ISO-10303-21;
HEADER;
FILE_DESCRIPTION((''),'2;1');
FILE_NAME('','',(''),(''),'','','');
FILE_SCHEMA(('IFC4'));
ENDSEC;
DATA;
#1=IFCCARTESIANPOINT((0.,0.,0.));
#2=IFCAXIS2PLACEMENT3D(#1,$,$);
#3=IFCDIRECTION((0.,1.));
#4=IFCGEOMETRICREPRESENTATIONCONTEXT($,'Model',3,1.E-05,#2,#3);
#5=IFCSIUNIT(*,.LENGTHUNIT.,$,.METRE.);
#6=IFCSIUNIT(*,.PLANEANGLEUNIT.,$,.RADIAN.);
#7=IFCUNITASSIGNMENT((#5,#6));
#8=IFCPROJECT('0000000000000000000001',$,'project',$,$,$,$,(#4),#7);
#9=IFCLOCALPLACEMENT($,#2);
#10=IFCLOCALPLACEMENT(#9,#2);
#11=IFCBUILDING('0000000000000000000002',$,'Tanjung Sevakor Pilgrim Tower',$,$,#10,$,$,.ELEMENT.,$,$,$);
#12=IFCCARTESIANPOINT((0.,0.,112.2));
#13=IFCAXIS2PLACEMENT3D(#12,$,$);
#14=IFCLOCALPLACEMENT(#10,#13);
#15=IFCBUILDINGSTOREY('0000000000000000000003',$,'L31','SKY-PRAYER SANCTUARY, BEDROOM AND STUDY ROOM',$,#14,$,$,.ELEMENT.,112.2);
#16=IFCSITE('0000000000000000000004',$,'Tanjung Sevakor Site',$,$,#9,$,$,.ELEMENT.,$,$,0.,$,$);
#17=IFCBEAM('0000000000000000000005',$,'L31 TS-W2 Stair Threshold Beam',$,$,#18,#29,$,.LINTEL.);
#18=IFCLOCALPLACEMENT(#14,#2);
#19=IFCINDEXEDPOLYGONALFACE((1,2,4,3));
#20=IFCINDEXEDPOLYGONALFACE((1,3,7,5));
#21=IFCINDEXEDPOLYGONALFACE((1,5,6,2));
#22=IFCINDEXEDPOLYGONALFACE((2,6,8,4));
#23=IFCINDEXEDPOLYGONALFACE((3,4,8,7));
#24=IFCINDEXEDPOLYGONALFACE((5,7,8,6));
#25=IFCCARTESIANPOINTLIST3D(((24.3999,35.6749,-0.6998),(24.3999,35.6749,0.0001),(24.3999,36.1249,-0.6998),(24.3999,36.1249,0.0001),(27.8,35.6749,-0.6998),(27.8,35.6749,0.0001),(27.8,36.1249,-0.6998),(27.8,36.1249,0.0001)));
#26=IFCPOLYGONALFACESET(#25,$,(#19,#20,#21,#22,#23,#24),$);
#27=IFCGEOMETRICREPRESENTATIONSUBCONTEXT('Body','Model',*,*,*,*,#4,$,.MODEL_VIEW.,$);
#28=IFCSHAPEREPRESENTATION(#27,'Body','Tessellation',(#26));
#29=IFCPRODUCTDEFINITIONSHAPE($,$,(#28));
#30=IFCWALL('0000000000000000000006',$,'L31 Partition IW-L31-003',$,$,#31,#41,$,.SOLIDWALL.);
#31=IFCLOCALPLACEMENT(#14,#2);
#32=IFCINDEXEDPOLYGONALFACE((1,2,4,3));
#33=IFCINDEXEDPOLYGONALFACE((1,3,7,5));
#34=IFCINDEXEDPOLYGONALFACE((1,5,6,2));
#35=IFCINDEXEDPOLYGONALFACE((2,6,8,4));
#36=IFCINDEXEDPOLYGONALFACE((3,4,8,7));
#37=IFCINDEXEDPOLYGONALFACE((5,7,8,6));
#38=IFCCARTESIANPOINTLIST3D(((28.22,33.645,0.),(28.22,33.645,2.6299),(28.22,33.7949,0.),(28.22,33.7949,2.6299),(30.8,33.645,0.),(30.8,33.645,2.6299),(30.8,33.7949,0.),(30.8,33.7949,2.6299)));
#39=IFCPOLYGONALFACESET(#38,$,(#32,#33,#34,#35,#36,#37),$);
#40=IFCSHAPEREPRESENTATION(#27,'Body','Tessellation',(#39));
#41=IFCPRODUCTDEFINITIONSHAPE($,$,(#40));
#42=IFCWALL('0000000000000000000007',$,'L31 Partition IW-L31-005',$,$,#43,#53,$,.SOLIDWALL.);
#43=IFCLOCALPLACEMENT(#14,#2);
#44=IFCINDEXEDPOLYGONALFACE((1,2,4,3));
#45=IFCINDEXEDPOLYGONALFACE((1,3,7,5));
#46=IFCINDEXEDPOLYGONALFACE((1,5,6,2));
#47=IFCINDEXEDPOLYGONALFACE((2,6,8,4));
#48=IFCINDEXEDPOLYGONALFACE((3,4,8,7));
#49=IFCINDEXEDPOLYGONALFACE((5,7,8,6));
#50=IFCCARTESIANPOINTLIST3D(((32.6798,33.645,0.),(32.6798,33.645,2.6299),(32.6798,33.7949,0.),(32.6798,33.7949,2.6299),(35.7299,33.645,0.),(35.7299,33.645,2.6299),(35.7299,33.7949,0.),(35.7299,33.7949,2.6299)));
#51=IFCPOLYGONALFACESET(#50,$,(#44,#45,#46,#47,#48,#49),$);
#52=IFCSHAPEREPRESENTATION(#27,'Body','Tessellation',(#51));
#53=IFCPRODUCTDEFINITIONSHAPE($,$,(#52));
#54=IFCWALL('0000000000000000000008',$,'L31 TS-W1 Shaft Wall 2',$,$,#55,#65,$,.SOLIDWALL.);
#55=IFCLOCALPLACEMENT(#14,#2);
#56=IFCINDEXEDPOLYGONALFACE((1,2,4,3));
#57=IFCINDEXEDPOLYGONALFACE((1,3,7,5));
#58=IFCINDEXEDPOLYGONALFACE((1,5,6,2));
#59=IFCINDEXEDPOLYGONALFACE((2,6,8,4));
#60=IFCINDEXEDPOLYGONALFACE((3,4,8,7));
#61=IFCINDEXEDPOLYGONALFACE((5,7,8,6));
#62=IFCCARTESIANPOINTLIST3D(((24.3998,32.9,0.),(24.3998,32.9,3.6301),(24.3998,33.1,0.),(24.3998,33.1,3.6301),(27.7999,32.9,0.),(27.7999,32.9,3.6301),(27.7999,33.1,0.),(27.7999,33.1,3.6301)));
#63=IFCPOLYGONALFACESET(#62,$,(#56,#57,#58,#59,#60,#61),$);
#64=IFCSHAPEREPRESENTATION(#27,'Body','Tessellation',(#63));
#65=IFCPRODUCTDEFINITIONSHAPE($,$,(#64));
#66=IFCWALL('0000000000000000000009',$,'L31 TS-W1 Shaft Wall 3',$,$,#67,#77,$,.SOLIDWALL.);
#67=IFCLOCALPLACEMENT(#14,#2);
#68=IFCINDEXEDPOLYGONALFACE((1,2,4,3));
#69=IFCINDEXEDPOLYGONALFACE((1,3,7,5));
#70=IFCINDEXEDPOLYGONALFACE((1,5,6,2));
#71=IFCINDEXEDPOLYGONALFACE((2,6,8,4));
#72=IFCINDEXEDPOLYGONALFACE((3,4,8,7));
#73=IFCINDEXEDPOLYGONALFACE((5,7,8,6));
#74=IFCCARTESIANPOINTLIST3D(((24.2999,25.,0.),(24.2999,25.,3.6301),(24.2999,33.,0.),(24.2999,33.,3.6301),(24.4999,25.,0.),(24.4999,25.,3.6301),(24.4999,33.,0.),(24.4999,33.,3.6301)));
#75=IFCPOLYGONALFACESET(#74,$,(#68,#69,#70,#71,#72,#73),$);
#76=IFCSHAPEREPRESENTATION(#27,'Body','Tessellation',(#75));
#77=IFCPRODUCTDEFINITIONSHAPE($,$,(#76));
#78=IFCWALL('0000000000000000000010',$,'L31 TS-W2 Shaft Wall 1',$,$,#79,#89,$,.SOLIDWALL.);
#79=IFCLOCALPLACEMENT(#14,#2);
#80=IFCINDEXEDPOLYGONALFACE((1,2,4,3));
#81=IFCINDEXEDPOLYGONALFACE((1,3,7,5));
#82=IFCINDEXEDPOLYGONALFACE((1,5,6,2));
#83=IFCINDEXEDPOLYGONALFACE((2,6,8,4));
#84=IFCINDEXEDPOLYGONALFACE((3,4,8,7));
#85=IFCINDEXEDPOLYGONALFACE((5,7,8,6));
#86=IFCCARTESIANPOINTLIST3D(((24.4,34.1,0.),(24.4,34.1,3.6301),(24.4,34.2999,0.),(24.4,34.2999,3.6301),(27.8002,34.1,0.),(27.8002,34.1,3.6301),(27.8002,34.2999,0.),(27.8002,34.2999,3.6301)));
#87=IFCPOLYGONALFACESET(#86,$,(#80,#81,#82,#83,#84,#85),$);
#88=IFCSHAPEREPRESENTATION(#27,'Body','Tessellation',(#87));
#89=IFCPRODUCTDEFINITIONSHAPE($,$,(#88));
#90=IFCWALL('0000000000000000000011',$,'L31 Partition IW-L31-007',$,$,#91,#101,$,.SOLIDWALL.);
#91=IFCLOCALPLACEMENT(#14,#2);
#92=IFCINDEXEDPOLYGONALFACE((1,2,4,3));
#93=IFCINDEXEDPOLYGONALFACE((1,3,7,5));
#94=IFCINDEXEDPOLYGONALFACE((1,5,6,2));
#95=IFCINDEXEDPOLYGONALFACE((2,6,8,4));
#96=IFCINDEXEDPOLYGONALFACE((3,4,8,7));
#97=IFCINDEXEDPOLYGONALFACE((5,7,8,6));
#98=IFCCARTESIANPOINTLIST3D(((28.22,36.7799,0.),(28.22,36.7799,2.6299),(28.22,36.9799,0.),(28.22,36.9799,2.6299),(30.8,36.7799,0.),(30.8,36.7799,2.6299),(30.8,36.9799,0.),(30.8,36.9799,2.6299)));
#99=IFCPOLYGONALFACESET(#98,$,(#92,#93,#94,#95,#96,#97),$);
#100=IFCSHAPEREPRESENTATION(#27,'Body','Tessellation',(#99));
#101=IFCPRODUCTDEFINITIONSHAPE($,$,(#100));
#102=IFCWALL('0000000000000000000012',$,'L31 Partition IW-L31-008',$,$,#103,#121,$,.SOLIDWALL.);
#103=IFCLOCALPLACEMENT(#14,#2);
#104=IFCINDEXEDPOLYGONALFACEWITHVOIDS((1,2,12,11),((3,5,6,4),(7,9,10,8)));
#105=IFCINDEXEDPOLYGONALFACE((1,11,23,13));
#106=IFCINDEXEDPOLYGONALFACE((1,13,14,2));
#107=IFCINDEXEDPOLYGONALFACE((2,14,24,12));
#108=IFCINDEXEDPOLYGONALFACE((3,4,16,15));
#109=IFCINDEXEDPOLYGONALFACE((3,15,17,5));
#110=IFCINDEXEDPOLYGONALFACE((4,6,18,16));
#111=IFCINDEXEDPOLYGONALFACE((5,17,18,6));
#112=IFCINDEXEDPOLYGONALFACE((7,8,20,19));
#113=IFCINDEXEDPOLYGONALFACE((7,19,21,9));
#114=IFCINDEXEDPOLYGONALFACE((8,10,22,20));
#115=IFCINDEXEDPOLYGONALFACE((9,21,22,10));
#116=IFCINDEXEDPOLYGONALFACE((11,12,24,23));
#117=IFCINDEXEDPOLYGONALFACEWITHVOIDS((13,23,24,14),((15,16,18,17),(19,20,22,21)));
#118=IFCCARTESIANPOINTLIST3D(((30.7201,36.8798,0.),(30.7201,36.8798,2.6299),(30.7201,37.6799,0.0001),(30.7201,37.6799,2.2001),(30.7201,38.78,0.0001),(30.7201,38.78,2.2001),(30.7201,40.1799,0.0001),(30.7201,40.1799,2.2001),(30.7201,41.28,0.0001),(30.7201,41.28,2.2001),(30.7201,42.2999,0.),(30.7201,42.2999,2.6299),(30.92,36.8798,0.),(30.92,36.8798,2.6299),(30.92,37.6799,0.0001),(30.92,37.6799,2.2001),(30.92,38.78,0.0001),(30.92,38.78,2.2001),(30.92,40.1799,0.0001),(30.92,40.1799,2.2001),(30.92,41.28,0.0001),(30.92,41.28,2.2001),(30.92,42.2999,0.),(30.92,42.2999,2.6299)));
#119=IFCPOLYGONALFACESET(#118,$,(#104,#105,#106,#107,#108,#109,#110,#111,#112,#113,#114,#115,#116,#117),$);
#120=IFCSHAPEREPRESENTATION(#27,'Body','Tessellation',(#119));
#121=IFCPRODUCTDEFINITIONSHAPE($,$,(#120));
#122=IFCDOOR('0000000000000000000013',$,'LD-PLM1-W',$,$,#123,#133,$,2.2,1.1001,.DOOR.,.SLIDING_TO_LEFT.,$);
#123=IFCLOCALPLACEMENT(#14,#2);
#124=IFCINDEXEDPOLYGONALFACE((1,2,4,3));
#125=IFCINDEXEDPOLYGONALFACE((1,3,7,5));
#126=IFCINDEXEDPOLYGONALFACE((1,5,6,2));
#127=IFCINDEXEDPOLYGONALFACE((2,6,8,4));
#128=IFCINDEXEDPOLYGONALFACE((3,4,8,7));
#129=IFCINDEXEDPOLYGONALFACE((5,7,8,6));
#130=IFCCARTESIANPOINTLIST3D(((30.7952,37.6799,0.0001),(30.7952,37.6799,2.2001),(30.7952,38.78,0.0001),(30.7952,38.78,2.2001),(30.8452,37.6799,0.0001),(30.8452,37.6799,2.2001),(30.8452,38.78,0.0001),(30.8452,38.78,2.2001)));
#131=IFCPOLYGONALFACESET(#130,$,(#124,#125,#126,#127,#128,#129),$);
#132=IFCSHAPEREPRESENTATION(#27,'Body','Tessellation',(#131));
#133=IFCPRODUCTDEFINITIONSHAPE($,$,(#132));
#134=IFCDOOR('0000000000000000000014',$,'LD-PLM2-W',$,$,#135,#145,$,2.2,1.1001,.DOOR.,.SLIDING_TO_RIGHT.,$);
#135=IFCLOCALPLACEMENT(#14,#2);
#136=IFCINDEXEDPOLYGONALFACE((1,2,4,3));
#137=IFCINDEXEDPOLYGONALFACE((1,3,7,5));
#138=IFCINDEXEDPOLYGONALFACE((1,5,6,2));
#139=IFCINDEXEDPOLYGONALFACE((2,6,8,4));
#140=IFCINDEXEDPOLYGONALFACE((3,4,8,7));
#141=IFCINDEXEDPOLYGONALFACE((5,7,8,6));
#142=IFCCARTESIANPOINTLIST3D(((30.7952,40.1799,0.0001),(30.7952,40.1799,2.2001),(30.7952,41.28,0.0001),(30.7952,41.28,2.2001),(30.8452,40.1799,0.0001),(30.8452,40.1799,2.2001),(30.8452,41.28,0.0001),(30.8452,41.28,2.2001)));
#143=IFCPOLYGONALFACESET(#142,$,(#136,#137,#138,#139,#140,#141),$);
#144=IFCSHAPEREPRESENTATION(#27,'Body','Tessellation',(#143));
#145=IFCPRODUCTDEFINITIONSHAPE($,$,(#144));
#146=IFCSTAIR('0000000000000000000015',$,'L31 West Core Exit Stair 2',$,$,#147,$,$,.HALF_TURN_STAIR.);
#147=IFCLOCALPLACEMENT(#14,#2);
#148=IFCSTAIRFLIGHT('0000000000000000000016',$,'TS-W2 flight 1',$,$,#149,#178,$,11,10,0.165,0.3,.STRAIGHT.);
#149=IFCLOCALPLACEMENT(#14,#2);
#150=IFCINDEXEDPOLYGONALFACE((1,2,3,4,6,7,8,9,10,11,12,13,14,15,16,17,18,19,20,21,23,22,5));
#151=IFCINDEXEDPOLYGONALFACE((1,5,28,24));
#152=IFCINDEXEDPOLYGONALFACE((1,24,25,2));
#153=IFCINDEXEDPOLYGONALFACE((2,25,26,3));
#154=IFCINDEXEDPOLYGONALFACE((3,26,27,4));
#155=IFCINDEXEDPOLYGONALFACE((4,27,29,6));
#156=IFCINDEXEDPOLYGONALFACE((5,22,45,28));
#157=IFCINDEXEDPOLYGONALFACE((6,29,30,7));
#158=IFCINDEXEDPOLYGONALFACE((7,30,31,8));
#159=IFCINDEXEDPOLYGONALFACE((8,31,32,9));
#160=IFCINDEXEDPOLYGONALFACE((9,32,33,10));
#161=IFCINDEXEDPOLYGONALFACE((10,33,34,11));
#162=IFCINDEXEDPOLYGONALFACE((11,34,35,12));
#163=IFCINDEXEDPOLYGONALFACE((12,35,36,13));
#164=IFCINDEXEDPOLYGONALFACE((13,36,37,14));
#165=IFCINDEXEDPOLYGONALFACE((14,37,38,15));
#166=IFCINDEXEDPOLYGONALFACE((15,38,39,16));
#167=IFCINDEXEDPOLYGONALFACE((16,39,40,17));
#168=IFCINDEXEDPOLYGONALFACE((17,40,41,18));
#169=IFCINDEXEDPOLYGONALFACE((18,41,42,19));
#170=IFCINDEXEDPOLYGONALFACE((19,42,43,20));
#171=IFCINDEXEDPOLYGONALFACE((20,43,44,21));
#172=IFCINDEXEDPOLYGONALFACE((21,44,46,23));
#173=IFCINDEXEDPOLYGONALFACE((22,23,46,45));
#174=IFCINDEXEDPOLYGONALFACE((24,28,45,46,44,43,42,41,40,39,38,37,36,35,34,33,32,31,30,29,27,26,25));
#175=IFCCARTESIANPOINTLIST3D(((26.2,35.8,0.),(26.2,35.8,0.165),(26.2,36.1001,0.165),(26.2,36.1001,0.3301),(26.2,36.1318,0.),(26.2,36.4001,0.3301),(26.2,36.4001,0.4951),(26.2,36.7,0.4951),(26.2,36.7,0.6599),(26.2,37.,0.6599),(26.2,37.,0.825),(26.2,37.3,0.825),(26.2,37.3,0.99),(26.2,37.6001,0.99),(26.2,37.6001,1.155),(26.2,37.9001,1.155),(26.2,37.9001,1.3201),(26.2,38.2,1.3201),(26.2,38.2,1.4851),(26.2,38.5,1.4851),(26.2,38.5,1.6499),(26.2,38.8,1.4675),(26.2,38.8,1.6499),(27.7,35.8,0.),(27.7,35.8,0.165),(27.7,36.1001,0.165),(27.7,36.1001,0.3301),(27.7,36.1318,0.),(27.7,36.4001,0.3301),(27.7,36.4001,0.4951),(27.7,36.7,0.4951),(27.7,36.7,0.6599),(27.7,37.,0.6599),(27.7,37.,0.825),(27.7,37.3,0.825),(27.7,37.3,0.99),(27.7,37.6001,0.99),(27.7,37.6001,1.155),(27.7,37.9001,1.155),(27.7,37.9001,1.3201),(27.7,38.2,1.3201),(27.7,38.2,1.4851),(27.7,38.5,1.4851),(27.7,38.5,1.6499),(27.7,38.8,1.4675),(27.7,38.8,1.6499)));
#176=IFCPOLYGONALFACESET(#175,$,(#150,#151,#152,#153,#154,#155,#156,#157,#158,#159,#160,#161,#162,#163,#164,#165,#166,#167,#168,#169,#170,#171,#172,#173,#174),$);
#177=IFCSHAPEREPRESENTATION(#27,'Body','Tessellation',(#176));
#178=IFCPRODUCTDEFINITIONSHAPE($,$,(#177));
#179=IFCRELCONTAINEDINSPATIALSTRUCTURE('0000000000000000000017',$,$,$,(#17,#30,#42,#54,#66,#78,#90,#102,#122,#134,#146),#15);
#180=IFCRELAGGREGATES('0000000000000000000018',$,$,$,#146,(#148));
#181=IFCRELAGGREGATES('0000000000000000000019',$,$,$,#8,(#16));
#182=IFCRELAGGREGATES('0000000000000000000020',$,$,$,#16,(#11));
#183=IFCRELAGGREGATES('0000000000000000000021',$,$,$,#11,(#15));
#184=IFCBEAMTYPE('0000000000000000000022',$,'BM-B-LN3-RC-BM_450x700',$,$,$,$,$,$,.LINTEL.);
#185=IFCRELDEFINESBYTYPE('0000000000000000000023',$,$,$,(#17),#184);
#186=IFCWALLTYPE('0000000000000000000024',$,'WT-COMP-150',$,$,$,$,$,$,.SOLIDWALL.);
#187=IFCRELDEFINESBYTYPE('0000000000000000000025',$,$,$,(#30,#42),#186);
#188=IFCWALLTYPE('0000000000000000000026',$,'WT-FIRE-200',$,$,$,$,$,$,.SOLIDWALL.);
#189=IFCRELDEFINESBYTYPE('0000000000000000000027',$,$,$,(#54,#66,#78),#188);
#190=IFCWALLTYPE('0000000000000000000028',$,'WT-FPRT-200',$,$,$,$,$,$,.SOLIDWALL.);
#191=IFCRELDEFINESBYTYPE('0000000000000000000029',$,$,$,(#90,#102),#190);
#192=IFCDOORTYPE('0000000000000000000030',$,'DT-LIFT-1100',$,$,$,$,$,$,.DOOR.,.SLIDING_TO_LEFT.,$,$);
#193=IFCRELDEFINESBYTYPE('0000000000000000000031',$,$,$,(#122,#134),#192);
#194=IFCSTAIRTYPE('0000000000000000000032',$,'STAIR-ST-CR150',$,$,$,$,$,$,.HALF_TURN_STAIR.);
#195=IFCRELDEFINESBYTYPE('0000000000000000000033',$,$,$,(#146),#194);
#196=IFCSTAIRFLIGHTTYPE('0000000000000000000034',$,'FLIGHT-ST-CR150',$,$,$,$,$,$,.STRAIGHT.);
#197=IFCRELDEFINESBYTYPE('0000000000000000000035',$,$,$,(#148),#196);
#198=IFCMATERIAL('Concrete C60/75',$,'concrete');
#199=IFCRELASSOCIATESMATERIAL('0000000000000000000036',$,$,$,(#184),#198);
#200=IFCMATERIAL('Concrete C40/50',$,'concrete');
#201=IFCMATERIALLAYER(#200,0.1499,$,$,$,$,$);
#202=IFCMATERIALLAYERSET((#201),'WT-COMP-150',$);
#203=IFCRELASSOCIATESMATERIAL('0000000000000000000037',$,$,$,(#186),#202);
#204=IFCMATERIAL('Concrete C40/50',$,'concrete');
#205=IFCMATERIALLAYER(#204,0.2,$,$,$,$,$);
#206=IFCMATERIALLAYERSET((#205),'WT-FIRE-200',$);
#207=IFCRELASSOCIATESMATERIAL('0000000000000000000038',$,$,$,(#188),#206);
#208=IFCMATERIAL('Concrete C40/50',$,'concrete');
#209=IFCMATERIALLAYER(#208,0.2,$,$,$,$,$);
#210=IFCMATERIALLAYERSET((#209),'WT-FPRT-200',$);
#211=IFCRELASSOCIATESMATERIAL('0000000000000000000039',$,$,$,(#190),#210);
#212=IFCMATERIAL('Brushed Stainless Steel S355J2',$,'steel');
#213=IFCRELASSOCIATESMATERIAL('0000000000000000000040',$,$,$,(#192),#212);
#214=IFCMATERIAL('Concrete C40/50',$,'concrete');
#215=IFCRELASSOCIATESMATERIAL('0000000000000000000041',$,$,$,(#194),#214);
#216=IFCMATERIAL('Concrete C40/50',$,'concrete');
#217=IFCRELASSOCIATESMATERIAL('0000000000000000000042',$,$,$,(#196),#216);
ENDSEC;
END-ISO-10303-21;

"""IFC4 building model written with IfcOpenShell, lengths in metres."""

from ifc_helpers import new_model, si_unit, direction, frame, frame_2d, origin, origin_2d, place, context, subcontext, project, spatial, polyline, rectangle, outline, extrude, material, layer, layer_set, material_profile, profile_set, type_object, element, fill, aggregate, save


model = new_model("IFC4")

# Units and contexts
model_context = context("Model", 3, precision=1e-05, world=origin(), true_north=direction((0.0, 1.0)))
body_context = subcontext(model_context, "Body", "Model", "MODEL_VIEW")
ifc_project = project(units=[si_unit("LENGTHUNIT", "METRE"), si_unit("PLANEANGLEUNIT", "RADIAN")], contexts=[model_context])

# Site, building, storey
site_placement = place(None, origin())
site = spatial("IfcSite", under=ifc_project, at=site_placement, Name="Tanjung Sevakor Site", CompositionType="ELEMENT", RefElevation=0.0)
building_placement = place(site_placement, origin())
building = spatial("IfcBuilding", under=site, at=building_placement, Name="Tanjung Sevakor Pilgrim Tower", CompositionType="ELEMENT")
storey_placement = place(building_placement, frame((0.0, 0.0, 112.2)))
storey = spatial("IfcBuildingStorey", under=building, at=storey_placement, Name="L31", Description="SKY-PRAYER SANCTUARY, BEDROOM AND STUDY ROOM", CompositionType="ELEMENT", Elevation=112.2)

# Beam
ifc_material_1 = material(Name="Concrete C60/75", Category="concrete")
ifc_material_profile = material_profile(ifc_material_1, rectangle(XDim=0.45, YDim=0.7, at=origin_2d()))
ifc_profile_set = profile_set([ifc_material_profile], Name="Concrete C60/75")
beam_type = type_object("IfcBeamType", Name="BM-B-LN3-RC-BM_450x700", PredefinedType="LINTEL", material=ifc_profile_set)
beam_placement = place(storey_placement, frame((24.3999, 35.8999, -0.3499), z_axis=(1.0, 0.0, 0.0), x_axis=(0.0, 1.0, 0.0)))
element("IfcBeam", 1, at=beam_placement, inside=storey, type_object=beam_type, Name="L31 TS-W2 Stair Threshold Beam", PredefinedType="LINTEL", context=body_context, shape_type="SweptSolid", body=[
    extrude(rectangle(XDim=0.45, YDim=0.7, at=origin_2d()), origin(), (0.0, 0.0, 1.0), 3.4001),
])

# Walls
ifc_material_2 = material(Name="Concrete C40/50", Category="concrete")
ifc_layer_1 = layer(ifc_material_2, 0.1499)
ifc_layer_set_1 = layer_set([ifc_layer_1], Name="WT-COMP-150")
wall_type_1 = type_object("IfcWallType", Name="WT-COMP-150", PredefinedType="SOLIDWALL", material=ifc_layer_set_1)
wall_1_placement = place(storey_placement, frame((28.22, 33.72, 0.0), z_axis=(0.0, 0.0, 1.0), x_axis=(1.0, 0.0, 0.0)))
element("IfcWall", 2, at=wall_1_placement, inside=storey, type_object=wall_type_1, Name="L31 Partition IW-L31-003", PredefinedType="SOLIDWALL", context=body_context, shape_type="SweptSolid", body=[
    extrude(rectangle(XDim=2.5801, YDim=0.1499, at=frame_2d((1.29, 0.0))), origin(), (0.0, 0.0, 1.0), 2.6299),
])
wall_2_placement = place(storey_placement, frame((32.6799, 33.72, 0.0), z_axis=(0.0, 0.0, 1.0), x_axis=(1.0, 0.0, 0.0)))
element("IfcWall", 3, at=wall_2_placement, inside=storey, type_object=wall_type_1, Name="L31 Partition IW-L31-005", PredefinedType="SOLIDWALL", context=body_context, shape_type="SweptSolid", body=[
    extrude(rectangle(XDim=3.05, YDim=0.1499, at=frame_2d((1.5249, 0.0))), origin(), (0.0, 0.0, 1.0), 2.6299),
])
ifc_material_3 = material(Name="Concrete C40/50", Category="concrete")
ifc_layer_2 = layer(ifc_material_3, 0.2)
ifc_layer_set_2 = layer_set([ifc_layer_2], Name="WT-FIRE-200")
wall_type_2 = type_object("IfcWallType", Name="WT-FIRE-200", PredefinedType="SOLIDWALL", material=ifc_layer_set_2)
wall_3_placement = place(storey_placement, frame((27.8, 33.0, 0.0), z_axis=(0.0, 0.0, 1.0), x_axis=(-1.0, 0.0, 0.0)))
element("IfcWall", 4, at=wall_3_placement, inside=storey, type_object=wall_type_2, Name="L31 TS-W1 Shaft Wall 2", PredefinedType="SOLIDWALL", context=body_context, shape_type="SweptSolid", body=[
    extrude(rectangle(XDim=3.4001, YDim=0.2, at=frame_2d((1.7002, 0.0))), origin(), (0.0, 0.0, 1.0), 3.6301),
])
wall_4_placement = place(storey_placement, frame((24.3999, 33.0, 0.0), z_axis=(0.0, 0.0, 1.0), x_axis=(0.0, -1.0, 0.0)))
element("IfcWall", 5, at=wall_4_placement, inside=storey, type_object=wall_type_2, Name="L31 TS-W1 Shaft Wall 3", PredefinedType="SOLIDWALL", context=body_context, shape_type="SweptSolid", body=[
    extrude(rectangle(XDim=8.0, YDim=0.2, at=frame_2d((4.0, 0.0))), origin(), (0.0, 0.0, 1.0), 3.6301),
])
wall_5_placement = place(storey_placement, frame((24.3999, 34.2, 0.0), z_axis=(0.0, 0.0, 1.0), x_axis=(1.0, 0.0, 0.0)))
element("IfcWall", 6, at=wall_5_placement, inside=storey, type_object=wall_type_2, Name="L31 TS-W2 Shaft Wall 1", PredefinedType="SOLIDWALL", context=body_context, shape_type="SweptSolid", body=[
    extrude(rectangle(XDim=3.4001, YDim=0.2, at=frame_2d((1.7002, 0.0))), origin(), (0.0, 0.0, 1.0), 3.6301),
])
ifc_material_4 = material(Name="Concrete C40/50", Category="concrete")
ifc_layer_3 = layer(ifc_material_4, 0.2)
ifc_layer_set_3 = layer_set([ifc_layer_3], Name="WT-FPRT-200")
wall_type_3 = type_object("IfcWallType", Name="WT-FPRT-200", PredefinedType="SOLIDWALL", material=ifc_layer_set_3)
wall_6_placement = place(storey_placement, frame((28.22, 36.8799, 0.0), z_axis=(0.0, 0.0, 1.0), x_axis=(1.0, 0.0, 0.0)))
element("IfcWall", 7, at=wall_6_placement, inside=storey, type_object=wall_type_3, Name="L31 Partition IW-L31-007", PredefinedType="SOLIDWALL", context=body_context, shape_type="SweptSolid", body=[
    extrude(rectangle(XDim=2.5801, YDim=0.2, at=frame_2d((1.29, 0.0))), origin(), (0.0, 0.0, 1.0), 2.6299),
])

# Wall, openings, doors
wall_7_placement = place(storey_placement, frame((30.8201, 36.8799, 0.0), z_axis=(0.0, 0.0, 1.0), x_axis=(0.0, 1.0, 0.0)))
wall_7 = element("IfcWall", 8, at=wall_7_placement, inside=storey, type_object=wall_type_3, Name="L31 Partition IW-L31-008", PredefinedType="SOLIDWALL", context=body_context, shape_type="SweptSolid", body=[
    extrude(rectangle(XDim=5.4202, YDim=0.2, at=frame_2d((2.71, 0.0))), origin(), (0.0, 0.0, 1.0), 2.6299),
])
opening_1_placement = place(wall_7_placement, frame((0.8, 0.0, 0.0)))
opening_1 = element("IfcOpeningElement", 9, at=opening_1_placement, cuts=wall_7, PredefinedType="OPENING", context=body_context, shape_type="SweptSolid", body=[
    extrude(rectangle(XDim=1.1001, YDim=2.2, at=frame_2d((0.55, 1.1001))), frame((0.0, 0.1099, 0.0), z_axis=(0.0, -1.0, 0.0), x_axis=(1.0, 0.0, 0.0)), (0.0, 0.0, 1.0), 0.22),
])
opening_2_placement = place(wall_7_placement, frame((3.3, 0.0, 0.0)))
opening_2 = element("IfcOpeningElement", 10, at=opening_2_placement, cuts=wall_7, PredefinedType="OPENING", context=body_context, shape_type="SweptSolid", body=[
    extrude(rectangle(XDim=1.1001, YDim=2.2, at=frame_2d((0.55, 1.1001))), frame((0.0, 0.1099, 0.0), z_axis=(0.0, -1.0, 0.0), x_axis=(1.0, 0.0, 0.0)), (0.0, 0.0, 1.0), 0.22),
])
ifc_material_5 = material(Name="Brushed Stainless Steel S355J2", Category="steel")
door_type = type_object("IfcDoorType", Name="DT-LIFT-1100", OperationType="SLIDING_TO_LEFT", PredefinedType="DOOR", material=ifc_material_5)
door_1_placement = place(opening_1_placement, origin())
door_1 = element("IfcDoor", 11, at=door_1_placement, inside=storey, type_object=door_type, Name="LD-PLM1-W", OperationType="SLIDING_TO_LEFT", OverallHeight=2.2, OverallWidth=1.1001, PredefinedType="DOOR", context=body_context, shape_type="SweptSolid", body=[
    extrude(rectangle(XDim=1.1001, YDim=2.2, at=frame_2d((0.55, 1.1001))), frame((0.0, 0.0249, 0.0), z_axis=(0.0, -1.0, 0.0), x_axis=(1.0, 0.0, 0.0)), (0.0, 0.0, 1.0), 0.05),
])
fill(opening_1, door_1)
door_2_placement = place(opening_2_placement, origin())
door_2 = element("IfcDoor", 12, at=door_2_placement, inside=storey, type_object=door_type, Name="LD-PLM2-W", OperationType="SLIDING_TO_RIGHT", OverallHeight=2.2, OverallWidth=1.1001, PredefinedType="DOOR", context=body_context, shape_type="SweptSolid", body=[
    extrude(rectangle(XDim=1.1001, YDim=2.2, at=frame_2d((0.55, 1.1001))), frame((0.0, 0.0249, 0.0), z_axis=(0.0, -1.0, 0.0), x_axis=(1.0, 0.0, 0.0)), (0.0, 0.0, 1.0), 0.05),
])
fill(opening_2, door_2)

# Stair, stair flight
ifc_material_6 = material(Name="Concrete C40/50", Category="concrete")
stair_type = type_object("IfcStairType", Name="STAIR-ST-CR150", PredefinedType="HALF_TURN_STAIR", material=ifc_material_6)
stair_placement = place(storey_placement, origin())
stair = element("IfcStair", 13, at=stair_placement, inside=storey, type_object=stair_type, Name="L31 West Core Exit Stair 2", PredefinedType="HALF_TURN_STAIR")
ifc_material_7 = material(Name="Concrete C40/50", Category="concrete")
stair_flight_type = type_object("IfcStairFlightType", Name="FLIGHT-ST-CR150", PredefinedType="STRAIGHT", material=ifc_material_7)
stair_flight_placement = place(storey_placement, frame((26.95, 35.8, 0.0), z_axis=(0.0, 0.0, 1.0), x_axis=(0.0, 1.0, 0.0)))
stair_flight = element("IfcStairFlight", 14, at=stair_flight_placement, type_object=stair_flight_type, Name="TS-W2 flight 1", NumberOfRisers=11, NumberOfTreads=10, PredefinedType="STRAIGHT", RiserHeight=0.165, TreadLength=0.3, context=body_context, shape_type="SweptSolid", body=[
    extrude(outline(polyline([(0.0, 0.0), (0.0, 0.165), (0.3, 0.165), (0.3, 0.3301), (0.6001, 0.3301), (0.6001, 0.4951), (0.8999, 0.4951), (0.8999, 0.6599), (1.2, 0.6599), (1.2, 0.825), (1.5, 0.825), (1.5, 0.99), (1.8, 0.99), (1.8, 1.155), (2.1001, 1.155), (2.1001, 1.3201), (2.3999, 1.3201), (2.3999, 1.4851), (2.7, 1.4851), (2.7, 1.6499), (3.0, 1.6499), (3.0, 1.8149), (3.0, 1.4675), (0.3318, 0.0), (0.0, 0.0)])), frame((0.0, 0.75, 0.0), z_axis=(0.0, -1.0, 0.0), x_axis=(1.0, 0.0, 0.0)), (0.0, 0.0, 1.0), 1.5),
])
aggregate(stair, [stair_flight])

save(model, "model.ifc")
